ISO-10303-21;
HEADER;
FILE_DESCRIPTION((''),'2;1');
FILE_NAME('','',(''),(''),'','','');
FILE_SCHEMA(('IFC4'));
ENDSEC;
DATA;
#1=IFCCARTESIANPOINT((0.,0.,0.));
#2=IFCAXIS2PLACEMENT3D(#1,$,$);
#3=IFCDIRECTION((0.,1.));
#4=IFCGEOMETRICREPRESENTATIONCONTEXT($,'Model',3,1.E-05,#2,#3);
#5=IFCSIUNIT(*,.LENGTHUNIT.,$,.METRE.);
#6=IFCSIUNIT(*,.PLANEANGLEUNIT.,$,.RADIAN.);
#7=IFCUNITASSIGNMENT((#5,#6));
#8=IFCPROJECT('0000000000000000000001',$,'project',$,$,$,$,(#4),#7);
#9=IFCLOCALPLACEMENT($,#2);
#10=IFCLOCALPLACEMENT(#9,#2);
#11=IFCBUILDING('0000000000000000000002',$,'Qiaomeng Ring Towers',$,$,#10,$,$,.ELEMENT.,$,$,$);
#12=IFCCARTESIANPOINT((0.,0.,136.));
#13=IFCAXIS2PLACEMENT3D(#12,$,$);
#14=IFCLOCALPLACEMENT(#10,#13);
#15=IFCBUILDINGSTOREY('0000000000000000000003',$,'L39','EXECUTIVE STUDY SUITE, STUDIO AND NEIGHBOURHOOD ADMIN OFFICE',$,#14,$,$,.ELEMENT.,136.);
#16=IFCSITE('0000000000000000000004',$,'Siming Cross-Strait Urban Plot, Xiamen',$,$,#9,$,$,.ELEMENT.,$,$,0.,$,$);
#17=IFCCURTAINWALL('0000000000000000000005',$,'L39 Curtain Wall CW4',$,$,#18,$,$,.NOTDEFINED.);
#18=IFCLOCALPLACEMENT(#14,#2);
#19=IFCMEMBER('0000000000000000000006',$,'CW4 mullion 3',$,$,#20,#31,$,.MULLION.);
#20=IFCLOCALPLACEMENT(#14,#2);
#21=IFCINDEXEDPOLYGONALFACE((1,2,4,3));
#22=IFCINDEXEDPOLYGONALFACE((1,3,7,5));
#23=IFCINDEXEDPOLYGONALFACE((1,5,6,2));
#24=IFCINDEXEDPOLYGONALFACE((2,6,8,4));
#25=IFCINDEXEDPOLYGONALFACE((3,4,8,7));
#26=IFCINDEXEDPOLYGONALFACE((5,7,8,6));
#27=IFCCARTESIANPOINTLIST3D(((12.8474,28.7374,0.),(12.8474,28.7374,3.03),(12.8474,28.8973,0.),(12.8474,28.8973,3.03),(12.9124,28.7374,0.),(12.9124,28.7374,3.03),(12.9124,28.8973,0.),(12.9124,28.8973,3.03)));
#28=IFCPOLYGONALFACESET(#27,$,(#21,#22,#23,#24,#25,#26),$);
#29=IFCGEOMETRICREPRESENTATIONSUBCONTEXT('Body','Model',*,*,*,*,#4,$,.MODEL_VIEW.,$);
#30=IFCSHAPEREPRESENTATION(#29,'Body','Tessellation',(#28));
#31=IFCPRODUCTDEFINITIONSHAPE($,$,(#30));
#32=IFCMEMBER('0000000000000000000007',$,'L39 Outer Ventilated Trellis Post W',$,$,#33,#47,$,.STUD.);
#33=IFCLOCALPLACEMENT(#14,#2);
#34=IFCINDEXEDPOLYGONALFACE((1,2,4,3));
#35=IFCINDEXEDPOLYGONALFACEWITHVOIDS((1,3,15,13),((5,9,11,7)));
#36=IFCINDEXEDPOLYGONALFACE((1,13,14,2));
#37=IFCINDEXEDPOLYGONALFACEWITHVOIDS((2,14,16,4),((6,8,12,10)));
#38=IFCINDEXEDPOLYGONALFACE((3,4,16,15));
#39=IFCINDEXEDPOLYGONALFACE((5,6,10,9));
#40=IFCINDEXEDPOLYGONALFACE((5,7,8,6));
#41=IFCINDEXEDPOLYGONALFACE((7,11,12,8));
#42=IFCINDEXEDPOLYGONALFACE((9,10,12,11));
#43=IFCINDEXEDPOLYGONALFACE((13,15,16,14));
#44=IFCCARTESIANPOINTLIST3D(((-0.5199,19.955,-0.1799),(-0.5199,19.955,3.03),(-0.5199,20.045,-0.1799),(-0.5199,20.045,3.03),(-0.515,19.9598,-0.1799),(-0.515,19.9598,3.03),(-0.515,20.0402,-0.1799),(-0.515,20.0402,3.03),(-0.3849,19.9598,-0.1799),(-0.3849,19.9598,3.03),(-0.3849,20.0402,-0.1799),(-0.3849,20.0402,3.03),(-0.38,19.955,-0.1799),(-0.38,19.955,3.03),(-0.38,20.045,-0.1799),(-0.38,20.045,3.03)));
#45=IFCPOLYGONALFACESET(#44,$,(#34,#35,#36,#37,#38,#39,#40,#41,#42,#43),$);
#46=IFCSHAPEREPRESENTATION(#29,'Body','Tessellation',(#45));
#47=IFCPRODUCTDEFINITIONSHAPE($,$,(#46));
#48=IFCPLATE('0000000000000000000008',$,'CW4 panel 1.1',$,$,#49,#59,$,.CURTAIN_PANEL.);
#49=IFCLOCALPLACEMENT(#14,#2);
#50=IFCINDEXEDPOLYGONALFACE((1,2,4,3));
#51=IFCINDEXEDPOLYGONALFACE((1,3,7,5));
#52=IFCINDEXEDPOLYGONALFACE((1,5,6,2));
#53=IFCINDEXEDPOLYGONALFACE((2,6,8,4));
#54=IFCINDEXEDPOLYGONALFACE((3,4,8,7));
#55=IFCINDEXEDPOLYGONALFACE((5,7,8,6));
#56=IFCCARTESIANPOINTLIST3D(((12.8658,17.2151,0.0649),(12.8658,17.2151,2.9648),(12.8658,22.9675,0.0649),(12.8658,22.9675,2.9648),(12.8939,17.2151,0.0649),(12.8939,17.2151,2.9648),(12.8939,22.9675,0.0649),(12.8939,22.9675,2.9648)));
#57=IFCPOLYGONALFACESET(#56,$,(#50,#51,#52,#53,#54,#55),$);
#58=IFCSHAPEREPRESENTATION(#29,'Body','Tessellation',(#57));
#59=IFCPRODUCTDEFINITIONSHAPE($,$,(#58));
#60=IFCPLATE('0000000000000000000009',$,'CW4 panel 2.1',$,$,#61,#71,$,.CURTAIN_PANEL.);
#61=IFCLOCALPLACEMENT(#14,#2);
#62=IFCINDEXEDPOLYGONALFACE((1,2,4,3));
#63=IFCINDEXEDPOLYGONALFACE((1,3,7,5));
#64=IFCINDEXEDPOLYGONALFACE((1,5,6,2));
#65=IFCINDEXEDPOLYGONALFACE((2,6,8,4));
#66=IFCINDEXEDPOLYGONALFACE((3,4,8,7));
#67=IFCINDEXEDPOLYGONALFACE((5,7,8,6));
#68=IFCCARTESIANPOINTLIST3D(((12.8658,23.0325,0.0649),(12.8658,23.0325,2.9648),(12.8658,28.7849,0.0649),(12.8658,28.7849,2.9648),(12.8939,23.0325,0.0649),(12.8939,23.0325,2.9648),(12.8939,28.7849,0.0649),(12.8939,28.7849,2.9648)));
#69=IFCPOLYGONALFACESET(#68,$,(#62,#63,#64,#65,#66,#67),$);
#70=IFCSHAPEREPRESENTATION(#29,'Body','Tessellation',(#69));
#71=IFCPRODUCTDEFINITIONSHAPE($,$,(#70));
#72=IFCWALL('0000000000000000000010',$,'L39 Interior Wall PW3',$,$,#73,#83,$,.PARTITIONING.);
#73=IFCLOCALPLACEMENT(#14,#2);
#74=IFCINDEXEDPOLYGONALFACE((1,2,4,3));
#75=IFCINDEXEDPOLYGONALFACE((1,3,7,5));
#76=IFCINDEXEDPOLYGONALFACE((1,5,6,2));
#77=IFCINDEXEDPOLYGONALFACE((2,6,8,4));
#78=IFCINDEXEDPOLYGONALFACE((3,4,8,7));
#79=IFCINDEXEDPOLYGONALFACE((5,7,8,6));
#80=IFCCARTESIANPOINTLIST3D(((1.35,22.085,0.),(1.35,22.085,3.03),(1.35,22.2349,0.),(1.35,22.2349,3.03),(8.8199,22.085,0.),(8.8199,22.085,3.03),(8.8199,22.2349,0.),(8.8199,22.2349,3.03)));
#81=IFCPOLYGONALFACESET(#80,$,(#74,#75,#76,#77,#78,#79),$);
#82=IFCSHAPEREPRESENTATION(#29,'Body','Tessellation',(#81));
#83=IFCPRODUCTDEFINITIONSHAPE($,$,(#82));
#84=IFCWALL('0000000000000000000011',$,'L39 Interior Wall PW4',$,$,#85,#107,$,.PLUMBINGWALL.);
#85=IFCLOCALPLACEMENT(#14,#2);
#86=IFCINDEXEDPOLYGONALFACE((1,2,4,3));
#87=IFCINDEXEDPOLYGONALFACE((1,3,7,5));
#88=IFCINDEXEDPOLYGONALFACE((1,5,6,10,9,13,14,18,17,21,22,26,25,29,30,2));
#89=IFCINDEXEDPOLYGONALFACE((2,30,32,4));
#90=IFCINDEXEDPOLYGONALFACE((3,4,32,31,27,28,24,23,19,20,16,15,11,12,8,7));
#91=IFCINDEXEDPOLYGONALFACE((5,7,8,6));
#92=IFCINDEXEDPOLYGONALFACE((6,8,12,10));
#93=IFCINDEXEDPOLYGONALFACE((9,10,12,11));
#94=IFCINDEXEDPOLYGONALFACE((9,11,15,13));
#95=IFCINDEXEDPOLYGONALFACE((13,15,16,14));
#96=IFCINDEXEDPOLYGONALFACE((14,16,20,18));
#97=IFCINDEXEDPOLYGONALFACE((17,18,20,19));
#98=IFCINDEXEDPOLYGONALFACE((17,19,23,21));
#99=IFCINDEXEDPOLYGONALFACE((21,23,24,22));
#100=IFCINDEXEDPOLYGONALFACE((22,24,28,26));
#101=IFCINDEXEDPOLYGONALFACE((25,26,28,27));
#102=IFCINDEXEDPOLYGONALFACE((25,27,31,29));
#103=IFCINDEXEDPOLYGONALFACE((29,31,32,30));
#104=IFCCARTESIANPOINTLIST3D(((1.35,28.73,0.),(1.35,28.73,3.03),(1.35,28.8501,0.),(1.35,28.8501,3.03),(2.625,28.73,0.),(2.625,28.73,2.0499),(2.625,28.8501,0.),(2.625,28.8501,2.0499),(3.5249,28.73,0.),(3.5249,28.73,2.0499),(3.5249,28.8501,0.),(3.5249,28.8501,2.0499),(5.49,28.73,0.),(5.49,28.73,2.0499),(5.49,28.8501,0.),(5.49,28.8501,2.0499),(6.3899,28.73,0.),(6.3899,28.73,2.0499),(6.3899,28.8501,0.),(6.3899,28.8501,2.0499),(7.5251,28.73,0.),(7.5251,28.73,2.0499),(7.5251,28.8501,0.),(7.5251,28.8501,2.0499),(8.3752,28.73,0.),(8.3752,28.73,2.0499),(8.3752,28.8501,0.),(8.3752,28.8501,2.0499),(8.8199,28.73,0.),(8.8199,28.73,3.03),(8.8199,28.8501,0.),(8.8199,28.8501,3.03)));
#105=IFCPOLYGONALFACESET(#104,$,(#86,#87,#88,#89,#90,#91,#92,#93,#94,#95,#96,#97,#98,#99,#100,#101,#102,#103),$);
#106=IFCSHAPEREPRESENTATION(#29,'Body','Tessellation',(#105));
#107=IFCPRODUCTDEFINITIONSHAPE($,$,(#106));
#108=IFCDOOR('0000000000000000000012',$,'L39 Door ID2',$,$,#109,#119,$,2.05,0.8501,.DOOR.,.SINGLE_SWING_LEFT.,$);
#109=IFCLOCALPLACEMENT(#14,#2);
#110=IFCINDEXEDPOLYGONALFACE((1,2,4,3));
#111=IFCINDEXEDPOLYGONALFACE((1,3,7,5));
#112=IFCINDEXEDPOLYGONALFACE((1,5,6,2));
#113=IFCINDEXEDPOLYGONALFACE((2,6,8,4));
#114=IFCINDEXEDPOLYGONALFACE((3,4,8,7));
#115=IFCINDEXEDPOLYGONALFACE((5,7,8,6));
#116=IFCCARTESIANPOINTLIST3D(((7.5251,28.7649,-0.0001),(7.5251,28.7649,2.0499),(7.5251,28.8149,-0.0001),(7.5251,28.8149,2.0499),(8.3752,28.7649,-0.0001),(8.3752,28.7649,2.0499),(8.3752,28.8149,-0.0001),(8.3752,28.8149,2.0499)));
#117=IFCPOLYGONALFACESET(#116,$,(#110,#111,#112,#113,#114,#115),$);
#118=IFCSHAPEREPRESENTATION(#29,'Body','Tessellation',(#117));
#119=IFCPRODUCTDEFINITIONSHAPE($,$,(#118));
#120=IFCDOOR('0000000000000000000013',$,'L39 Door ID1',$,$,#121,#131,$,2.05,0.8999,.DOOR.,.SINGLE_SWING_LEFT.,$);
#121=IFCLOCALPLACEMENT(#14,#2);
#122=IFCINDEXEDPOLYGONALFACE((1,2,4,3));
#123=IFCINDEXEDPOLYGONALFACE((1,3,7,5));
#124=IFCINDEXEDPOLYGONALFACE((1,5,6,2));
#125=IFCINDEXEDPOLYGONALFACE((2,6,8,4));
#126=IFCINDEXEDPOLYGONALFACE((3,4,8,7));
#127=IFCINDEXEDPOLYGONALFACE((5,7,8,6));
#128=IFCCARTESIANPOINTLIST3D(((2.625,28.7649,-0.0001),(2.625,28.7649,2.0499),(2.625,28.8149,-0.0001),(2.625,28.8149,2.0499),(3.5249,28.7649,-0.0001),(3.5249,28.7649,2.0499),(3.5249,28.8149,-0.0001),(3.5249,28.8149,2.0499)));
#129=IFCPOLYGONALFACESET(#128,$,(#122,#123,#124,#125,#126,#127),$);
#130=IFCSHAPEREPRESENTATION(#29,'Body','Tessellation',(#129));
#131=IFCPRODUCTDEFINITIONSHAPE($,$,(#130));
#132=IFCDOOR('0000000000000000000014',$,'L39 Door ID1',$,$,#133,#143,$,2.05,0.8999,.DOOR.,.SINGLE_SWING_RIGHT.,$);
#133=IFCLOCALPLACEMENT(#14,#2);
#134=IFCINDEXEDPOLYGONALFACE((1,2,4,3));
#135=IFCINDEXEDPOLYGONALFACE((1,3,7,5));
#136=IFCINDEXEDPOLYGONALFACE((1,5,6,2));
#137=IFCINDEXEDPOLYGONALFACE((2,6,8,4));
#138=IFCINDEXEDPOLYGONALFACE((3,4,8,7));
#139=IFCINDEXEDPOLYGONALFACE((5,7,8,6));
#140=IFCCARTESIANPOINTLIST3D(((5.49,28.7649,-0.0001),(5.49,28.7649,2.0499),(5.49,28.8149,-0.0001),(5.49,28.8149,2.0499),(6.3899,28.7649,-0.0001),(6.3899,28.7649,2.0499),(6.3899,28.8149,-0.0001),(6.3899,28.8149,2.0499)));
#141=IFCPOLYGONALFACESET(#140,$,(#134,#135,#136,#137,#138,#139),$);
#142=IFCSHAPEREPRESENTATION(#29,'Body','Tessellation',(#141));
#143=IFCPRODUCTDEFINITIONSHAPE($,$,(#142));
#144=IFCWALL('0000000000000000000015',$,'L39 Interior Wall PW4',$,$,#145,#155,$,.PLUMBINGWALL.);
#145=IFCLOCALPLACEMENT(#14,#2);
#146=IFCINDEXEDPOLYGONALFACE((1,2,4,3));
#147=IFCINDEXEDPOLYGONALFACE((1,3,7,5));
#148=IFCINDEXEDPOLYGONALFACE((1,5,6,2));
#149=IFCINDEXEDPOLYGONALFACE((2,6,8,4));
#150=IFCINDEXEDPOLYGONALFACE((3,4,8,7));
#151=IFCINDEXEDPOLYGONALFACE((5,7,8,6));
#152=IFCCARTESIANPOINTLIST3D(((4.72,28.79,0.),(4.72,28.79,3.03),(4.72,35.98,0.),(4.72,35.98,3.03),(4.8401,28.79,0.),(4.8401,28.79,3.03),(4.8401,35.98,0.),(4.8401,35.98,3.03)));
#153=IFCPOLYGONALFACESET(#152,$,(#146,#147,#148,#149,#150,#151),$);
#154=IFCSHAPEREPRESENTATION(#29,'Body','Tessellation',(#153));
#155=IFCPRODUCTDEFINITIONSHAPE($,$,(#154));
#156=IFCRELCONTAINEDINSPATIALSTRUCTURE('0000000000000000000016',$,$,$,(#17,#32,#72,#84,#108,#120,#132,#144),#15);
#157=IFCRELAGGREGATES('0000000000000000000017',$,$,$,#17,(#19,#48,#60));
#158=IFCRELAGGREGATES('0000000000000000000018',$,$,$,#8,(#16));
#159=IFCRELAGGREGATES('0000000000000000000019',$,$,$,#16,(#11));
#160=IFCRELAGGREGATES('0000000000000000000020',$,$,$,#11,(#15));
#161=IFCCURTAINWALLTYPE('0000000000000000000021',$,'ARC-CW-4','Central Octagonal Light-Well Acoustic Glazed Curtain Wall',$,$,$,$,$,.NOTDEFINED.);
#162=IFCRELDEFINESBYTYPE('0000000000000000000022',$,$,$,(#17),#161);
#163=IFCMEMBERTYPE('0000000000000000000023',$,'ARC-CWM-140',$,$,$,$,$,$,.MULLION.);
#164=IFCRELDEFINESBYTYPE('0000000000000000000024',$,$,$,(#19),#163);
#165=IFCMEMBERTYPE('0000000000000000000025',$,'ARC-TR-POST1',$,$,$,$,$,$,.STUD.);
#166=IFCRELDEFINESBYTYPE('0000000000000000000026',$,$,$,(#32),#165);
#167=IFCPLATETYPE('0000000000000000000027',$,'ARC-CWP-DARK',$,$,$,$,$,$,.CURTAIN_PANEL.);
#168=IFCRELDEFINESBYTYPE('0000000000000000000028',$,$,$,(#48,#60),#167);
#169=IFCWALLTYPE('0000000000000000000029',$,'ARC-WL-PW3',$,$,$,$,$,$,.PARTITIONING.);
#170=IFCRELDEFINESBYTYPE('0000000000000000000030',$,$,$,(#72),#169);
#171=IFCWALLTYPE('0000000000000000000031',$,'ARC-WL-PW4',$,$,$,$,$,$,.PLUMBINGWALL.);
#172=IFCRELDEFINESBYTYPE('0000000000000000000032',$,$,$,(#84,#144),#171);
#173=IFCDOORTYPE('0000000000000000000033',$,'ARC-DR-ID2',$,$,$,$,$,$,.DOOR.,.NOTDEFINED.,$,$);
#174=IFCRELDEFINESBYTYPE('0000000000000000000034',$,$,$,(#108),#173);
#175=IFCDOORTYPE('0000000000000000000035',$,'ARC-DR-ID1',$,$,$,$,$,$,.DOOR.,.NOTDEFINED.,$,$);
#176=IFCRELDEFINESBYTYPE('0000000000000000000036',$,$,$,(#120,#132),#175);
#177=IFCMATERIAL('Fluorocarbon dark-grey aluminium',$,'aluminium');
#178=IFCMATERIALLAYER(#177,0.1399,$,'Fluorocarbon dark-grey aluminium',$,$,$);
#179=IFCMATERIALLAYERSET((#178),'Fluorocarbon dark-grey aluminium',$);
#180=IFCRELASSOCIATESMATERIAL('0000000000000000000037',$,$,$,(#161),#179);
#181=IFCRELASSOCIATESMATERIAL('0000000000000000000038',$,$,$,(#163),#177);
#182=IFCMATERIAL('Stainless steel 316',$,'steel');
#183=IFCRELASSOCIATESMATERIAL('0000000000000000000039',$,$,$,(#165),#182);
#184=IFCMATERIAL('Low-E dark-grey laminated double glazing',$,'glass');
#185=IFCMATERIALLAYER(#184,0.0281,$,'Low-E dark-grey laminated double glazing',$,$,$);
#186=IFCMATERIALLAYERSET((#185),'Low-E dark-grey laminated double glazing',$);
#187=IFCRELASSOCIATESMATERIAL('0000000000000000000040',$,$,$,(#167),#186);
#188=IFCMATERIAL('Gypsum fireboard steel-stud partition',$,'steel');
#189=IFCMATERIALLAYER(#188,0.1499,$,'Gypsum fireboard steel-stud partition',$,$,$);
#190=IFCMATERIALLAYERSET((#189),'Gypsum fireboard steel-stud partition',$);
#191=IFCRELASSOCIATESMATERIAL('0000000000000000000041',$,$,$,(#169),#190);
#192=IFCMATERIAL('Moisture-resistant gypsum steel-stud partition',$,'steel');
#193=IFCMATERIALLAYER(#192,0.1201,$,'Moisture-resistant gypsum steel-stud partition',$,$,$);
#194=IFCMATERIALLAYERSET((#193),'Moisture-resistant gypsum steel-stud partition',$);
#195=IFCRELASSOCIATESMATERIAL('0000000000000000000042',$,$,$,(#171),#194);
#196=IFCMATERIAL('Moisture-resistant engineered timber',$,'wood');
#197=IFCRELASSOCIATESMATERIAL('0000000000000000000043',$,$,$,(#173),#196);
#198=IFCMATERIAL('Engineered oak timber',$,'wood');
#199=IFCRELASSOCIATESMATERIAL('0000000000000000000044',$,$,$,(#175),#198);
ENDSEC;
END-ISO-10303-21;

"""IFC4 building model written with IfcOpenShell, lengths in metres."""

from ifc_helpers import new_model, si_unit, direction, frame, frame_2d, origin, origin_2d, place, context, subcontext, project, spatial, rectangle, hollow_rectangle, extrude, source, transform, mapped, material, layer, layer_set, material_profile, profile_set, type_object, element, fill, aggregate, save


model = new_model("IFC4")

# Units and contexts
model_context = context("Model", 3, precision=1e-05, world=origin(), true_north=direction((0.0, 1.0)))
body_context = subcontext(model_context, "Body", "Model", "MODEL_VIEW")
ifc_project = project(units=[si_unit("LENGTHUNIT", "METRE"), si_unit("PLANEANGLEUNIT", "RADIAN")], contexts=[model_context])

# Site, building, storey
site_placement = place(None, origin())
site = spatial("IfcSite", under=ifc_project, at=site_placement, Name="Siming Cross-Strait Urban Plot, Xiamen", CompositionType="ELEMENT", RefElevation=0.0)
building_placement = place(site_placement, origin())
building = spatial("IfcBuilding", under=site, at=building_placement, Name="Qiaomeng Ring Towers", CompositionType="ELEMENT")
storey_placement = place(building_placement, frame((0.0, 0.0, 136.0)))
storey = spatial("IfcBuildingStorey", under=building, at=storey_placement, Name="L39", Description="EXECUTIVE STUDY SUITE, STUDIO AND NEIGHBOURHOOD ADMIN OFFICE", CompositionType="ELEMENT", Elevation=136.0)

# Curtain wall, member
ifc_material_1 = material(Name="Fluorocarbon dark-grey aluminium", Category="aluminium")
ifc_layer_1 = layer(ifc_material_1, 0.1399, Name="Fluorocarbon dark-grey aluminium")
ifc_layer_set_1 = layer_set([ifc_layer_1], Name="Fluorocarbon dark-grey aluminium")
curtain_wall_type = type_object("IfcCurtainWallType", Name="ARC-CW-4", Description="Central Octagonal Light-Well Acoustic Glazed Curtain Wall", PredefinedType="NOTDEFINED", material=ifc_layer_set_1)
curtain_wall_placement = place(storey_placement, origin())
curtain_wall = element("IfcCurtainWall", 1, at=curtain_wall_placement, inside=storey, type_object=curtain_wall_type, Name="L39 Curtain Wall CW4", PredefinedType="NOTDEFINED")
ifc_material_profile_1 = material_profile(ifc_material_1, rectangle(XDim=0.0649, YDim=0.1599, at=origin_2d()), Name="ALU MULL 65x160")
ifc_profile_set_1 = profile_set([ifc_material_profile_1], Name="Fluorocarbon dark-grey aluminium")
member_type_1 = type_object("IfcMemberType", Name="ARC-CWM-140", PredefinedType="MULLION", material=ifc_profile_set_1)
shared_shape_1 = source(origin(), body_context, "Body", "SweptSolid", [
    extrude(rectangle(XDim=0.0649, YDim=0.1599, at=origin_2d()), origin(), (0.0, 0.0, 1.0), 3.03),
])
member_1_placement = place(storey_placement, frame((12.8799, 28.8174, 0.0), z_axis=(0.0, 0.0, 1.0), x_axis=(-1.0, 0.0, 0.0)))
member_1 = element("IfcMember", 2, at=member_1_placement, type_object=member_type_1, Name="CW4 mullion 3", PredefinedType="MULLION", context=body_context, shape_type="MappedRepresentation", body=[
    mapped(shared_shape_1, transform((0.0, 0.0, 0.0), x_axis=(1.0, 0.0, 0.0), y_axis=(0.0, 1.0, 0.0), z_axis=(0.0, 0.0, 1.0), scale=1.0)),
])

# Member
ifc_material_2 = material(Name="Stainless steel 316", Category="steel")
ifc_material_profile_2 = material_profile(ifc_material_2, hollow_rectangle(XDim=0.0901, YDim=0.1399, WallThickness=0.0049, at=origin_2d()), Name="SS TRELLIS 90x140")
ifc_profile_set_2 = profile_set([ifc_material_profile_2], Name="Stainless steel 316")
member_type_2 = type_object("IfcMemberType", Name="ARC-TR-POST1", PredefinedType="STUD", material=ifc_profile_set_2)
shared_shape_2 = source(origin(), body_context, "Body", "SweptSolid", [
    extrude(hollow_rectangle(XDim=0.0901, YDim=0.1399, WallThickness=0.0049, at=origin_2d()), origin(), (0.0, 0.0, 1.0), 3.21),
])
member_2_placement = place(storey_placement, frame((-0.45, 20.0, -0.1799), z_axis=(0.0, 0.0, 1.0), x_axis=(0.0, 1.0, 0.0)))
element("IfcMember", 3, at=member_2_placement, inside=storey, type_object=member_type_2, Name="L39 Outer Ventilated Trellis Post W", PredefinedType="STUD", context=body_context, shape_type="MappedRepresentation", body=[
    mapped(shared_shape_2, transform((0.0, 0.0, 0.0), x_axis=(1.0, 0.0, 0.0), y_axis=(0.0, 1.0, 0.0), z_axis=(0.0, 0.0, 1.0), scale=1.0)),
])

# Plates
ifc_material_3 = material(Name="Low-E dark-grey laminated double glazing", Category="glass")
ifc_layer_2 = layer(ifc_material_3, 0.0281, Name="Low-E dark-grey laminated double glazing")
ifc_layer_set_2 = layer_set([ifc_layer_2], Name="Low-E dark-grey laminated double glazing")
plate_type = type_object("IfcPlateType", Name="ARC-CWP-DARK", PredefinedType="CURTAIN_PANEL", material=ifc_layer_set_2)
shared_shape_3 = source(origin(), body_context, "Body", "SweptSolid", [
    extrude(rectangle(XDim=5.7524, YDim=0.0281, at=origin_2d()), origin(), (0.0, 0.0, 1.0), 2.8999),
])
plate_1_placement = place(storey_placement, frame((12.8799, 20.0913, 0.0649), z_axis=(0.0, 0.0, 1.0), x_axis=(0.0, 1.0, 0.0)))
plate_1 = element("IfcPlate", 4, at=plate_1_placement, type_object=plate_type, Name="CW4 panel 1.1", PredefinedType="CURTAIN_PANEL", context=body_context, shape_type="MappedRepresentation", body=[
    mapped(shared_shape_3, transform((0.0, 0.0, 0.0), x_axis=(1.0, 0.0, 0.0), y_axis=(0.0, 1.0, 0.0), z_axis=(0.0, 0.0, 1.0), scale=1.0)),
])
plate_2_placement = place(storey_placement, frame((12.8799, 25.9087, 0.0649), z_axis=(0.0, 0.0, 1.0), x_axis=(0.0, 1.0, 0.0)))
plate_2 = element("IfcPlate", 5, at=plate_2_placement, type_object=plate_type, Name="CW4 panel 2.1", PredefinedType="CURTAIN_PANEL", context=body_context, shape_type="MappedRepresentation", body=[
    mapped(shared_shape_3, transform((0.0, 0.0, 0.0), x_axis=(1.0, 0.0, 0.0), y_axis=(0.0, 1.0, 0.0), z_axis=(0.0, 0.0, 1.0), scale=1.0)),
])
aggregate(curtain_wall, [member_1, plate_1, plate_2])

# Wall
ifc_material_4 = material(Name="Gypsum fireboard steel-stud partition", Category="steel")
ifc_layer_3 = layer(ifc_material_4, 0.1499, Name="Gypsum fireboard steel-stud partition")
ifc_layer_set_3 = layer_set([ifc_layer_3], Name="Gypsum fireboard steel-stud partition")
wall_type_1 = type_object("IfcWallType", Name="ARC-WL-PW3", PredefinedType="PARTITIONING", material=ifc_layer_set_3)
wall_1_placement = place(storey_placement, frame((1.3501, 22.1599, 0.0), z_axis=(0.0, 0.0, 1.0), x_axis=(1.0, 0.0, 0.0)))
element("IfcWall", 6, at=wall_1_placement, inside=storey, type_object=wall_type_1, Name="L39 Interior Wall PW3", PredefinedType="PARTITIONING", context=body_context, shape_type="SweptSolid", body=[
    extrude(rectangle(XDim=7.47, YDim=0.1499, at=frame_2d((3.7349, 0.0))), origin(), (0.0, 0.0, 1.0), 3.03),
])

# Wall, openings, doors
ifc_material_5 = material(Name="Moisture-resistant gypsum steel-stud partition", Category="steel")
ifc_layer_4 = layer(ifc_material_5, 0.1201, Name="Moisture-resistant gypsum steel-stud partition")
ifc_layer_set_4 = layer_set([ifc_layer_4], Name="Moisture-resistant gypsum steel-stud partition")
wall_type_2 = type_object("IfcWallType", Name="ARC-WL-PW4", PredefinedType="PLUMBINGWALL", material=ifc_layer_set_4)
wall_2_placement = place(storey_placement, frame((1.3501, 28.79, 0.0), z_axis=(0.0, 0.0, 1.0), x_axis=(1.0, 0.0, 0.0)))
wall_2 = element("IfcWall", 7, at=wall_2_placement, inside=storey, type_object=wall_type_2, Name="L39 Interior Wall PW4", PredefinedType="PLUMBINGWALL", context=body_context, shape_type="SweptSolid", body=[
    extrude(rectangle(XDim=7.47, YDim=0.1201, at=frame_2d((3.7349, 0.0))), origin(), (0.0, 0.0, 1.0), 3.03),
])
opening_1_placement = place(wall_2_placement, frame((1.2749, 0.0, 0.0)))
opening_1 = element("IfcOpeningElement", 8, at=opening_1_placement, cuts=wall_2, PredefinedType="OPENING", context=body_context, shape_type="SweptSolid", body=[
    extrude(rectangle(XDim=0.8999, YDim=2.05, at=frame_2d((0.45, 1.0249))), frame((0.0, 0.0701, 0.0), z_axis=(0.0, -1.0, 0.0), x_axis=(1.0, 0.0, 0.0)), (0.0, 0.0, 1.0), 0.1401),
])
opening_2_placement = place(wall_2_placement, frame((4.1399, 0.0, 0.0)))
opening_2 = element("IfcOpeningElement", 9, at=opening_2_placement, cuts=wall_2, PredefinedType="OPENING", context=body_context, shape_type="SweptSolid", body=[
    extrude(rectangle(XDim=0.8999, YDim=2.05, at=frame_2d((0.45, 1.0249))), frame((0.0, 0.0701, 0.0), z_axis=(0.0, -1.0, 0.0), x_axis=(1.0, 0.0, 0.0)), (0.0, 0.0, 1.0), 0.1401),
])
opening_3_placement = place(wall_2_placement, frame((6.175, 0.0, 0.0)))
opening_3 = element("IfcOpeningElement", 10, at=opening_3_placement, cuts=wall_2, PredefinedType="OPENING", context=body_context, shape_type="SweptSolid", body=[
    extrude(rectangle(XDim=0.8501, YDim=2.05, at=frame_2d((0.425, 1.0249))), frame((0.0, 0.0701, 0.0), z_axis=(0.0, -1.0, 0.0), x_axis=(1.0, 0.0, 0.0)), (0.0, 0.0, 1.0), 0.1401),
])
ifc_material_6 = material(Name="Moisture-resistant engineered timber", Category="wood")
door_type_1 = type_object("IfcDoorType", Name="ARC-DR-ID2", OperationType="NOTDEFINED", PredefinedType="DOOR", material=ifc_material_6)
shared_shape_4 = source(origin(), body_context, "Body", "SweptSolid", [
    extrude(rectangle(XDim=0.8501, YDim=2.05, at=frame_2d((0.425, 1.0249))), frame((0.0, 0.0249, 0.0), z_axis=(0.0, -1.0, 0.0), x_axis=(1.0, 0.0, 0.0)), (0.0, 0.0, 1.0), 0.05),
])
door_1_placement = place(opening_3_placement, origin())
door_1 = element("IfcDoor", 11, at=door_1_placement, inside=storey, type_object=door_type_1, Name="L39 Door ID2", OperationType="SINGLE_SWING_LEFT", OverallHeight=2.05, OverallWidth=0.8501, PredefinedType="DOOR", context=body_context, shape_type="MappedRepresentation", body=[
    mapped(shared_shape_4, transform((0.0, 0.0, 0.0), x_axis=(1.0, 0.0, 0.0), y_axis=(0.0, 1.0, 0.0), z_axis=(0.0, 0.0, 1.0), scale=1.0)),
])
fill(opening_3, door_1)
ifc_material_7 = material(Name="Engineered oak timber", Category="wood")
door_type_2 = type_object("IfcDoorType", Name="ARC-DR-ID1", OperationType="NOTDEFINED", PredefinedType="DOOR", material=ifc_material_7)
shared_shape_5 = source(origin(), body_context, "Body", "SweptSolid", [
    extrude(rectangle(XDim=0.8999, YDim=2.05, at=frame_2d((0.45, 1.0249))), frame((0.0, 0.0249, 0.0), z_axis=(0.0, -1.0, 0.0), x_axis=(1.0, 0.0, 0.0)), (0.0, 0.0, 1.0), 0.05),
])
door_2_placement = place(opening_1_placement, origin())
door_2 = element("IfcDoor", 12, at=door_2_placement, inside=storey, type_object=door_type_2, Name="L39 Door ID1", OperationType="SINGLE_SWING_LEFT", OverallHeight=2.05, OverallWidth=0.8999, PredefinedType="DOOR", context=body_context, shape_type="MappedRepresentation", body=[
    mapped(shared_shape_5, transform((0.0, 0.0, 0.0), x_axis=(1.0, 0.0, 0.0), y_axis=(0.0, 1.0, 0.0), z_axis=(0.0, 0.0, 1.0), scale=1.0)),
])
fill(opening_1, door_2)
door_3_placement = place(opening_2_placement, origin())
door_3 = element("IfcDoor", 13, at=door_3_placement, inside=storey, type_object=door_type_2, Name="L39 Door ID1", OperationType="SINGLE_SWING_RIGHT", OverallHeight=2.05, OverallWidth=0.8999, PredefinedType="DOOR", context=body_context, shape_type="MappedRepresentation", body=[
    mapped(shared_shape_5, transform((0.0, 0.0, 0.0), x_axis=(1.0, 0.0, 0.0), y_axis=(0.0, 1.0, 0.0), z_axis=(0.0, 0.0, 1.0), scale=1.0)),
])
fill(opening_2, door_3)

# Wall
wall_3_placement = place(storey_placement, frame((4.78, 28.79, 0.0), z_axis=(0.0, 0.0, 1.0), x_axis=(0.0, 1.0, 0.0)))
element("IfcWall", 14, at=wall_3_placement, inside=storey, type_object=wall_type_2, Name="L39 Interior Wall PW4", PredefinedType="PLUMBINGWALL", context=body_context, shape_type="SweptSolid", body=[
    extrude(rectangle(XDim=7.1899, YDim=0.1201, at=frame_2d((3.595, 0.0))), origin(), (0.0, 0.0, 1.0), 3.03),
])

save(model, "model.ifc")
